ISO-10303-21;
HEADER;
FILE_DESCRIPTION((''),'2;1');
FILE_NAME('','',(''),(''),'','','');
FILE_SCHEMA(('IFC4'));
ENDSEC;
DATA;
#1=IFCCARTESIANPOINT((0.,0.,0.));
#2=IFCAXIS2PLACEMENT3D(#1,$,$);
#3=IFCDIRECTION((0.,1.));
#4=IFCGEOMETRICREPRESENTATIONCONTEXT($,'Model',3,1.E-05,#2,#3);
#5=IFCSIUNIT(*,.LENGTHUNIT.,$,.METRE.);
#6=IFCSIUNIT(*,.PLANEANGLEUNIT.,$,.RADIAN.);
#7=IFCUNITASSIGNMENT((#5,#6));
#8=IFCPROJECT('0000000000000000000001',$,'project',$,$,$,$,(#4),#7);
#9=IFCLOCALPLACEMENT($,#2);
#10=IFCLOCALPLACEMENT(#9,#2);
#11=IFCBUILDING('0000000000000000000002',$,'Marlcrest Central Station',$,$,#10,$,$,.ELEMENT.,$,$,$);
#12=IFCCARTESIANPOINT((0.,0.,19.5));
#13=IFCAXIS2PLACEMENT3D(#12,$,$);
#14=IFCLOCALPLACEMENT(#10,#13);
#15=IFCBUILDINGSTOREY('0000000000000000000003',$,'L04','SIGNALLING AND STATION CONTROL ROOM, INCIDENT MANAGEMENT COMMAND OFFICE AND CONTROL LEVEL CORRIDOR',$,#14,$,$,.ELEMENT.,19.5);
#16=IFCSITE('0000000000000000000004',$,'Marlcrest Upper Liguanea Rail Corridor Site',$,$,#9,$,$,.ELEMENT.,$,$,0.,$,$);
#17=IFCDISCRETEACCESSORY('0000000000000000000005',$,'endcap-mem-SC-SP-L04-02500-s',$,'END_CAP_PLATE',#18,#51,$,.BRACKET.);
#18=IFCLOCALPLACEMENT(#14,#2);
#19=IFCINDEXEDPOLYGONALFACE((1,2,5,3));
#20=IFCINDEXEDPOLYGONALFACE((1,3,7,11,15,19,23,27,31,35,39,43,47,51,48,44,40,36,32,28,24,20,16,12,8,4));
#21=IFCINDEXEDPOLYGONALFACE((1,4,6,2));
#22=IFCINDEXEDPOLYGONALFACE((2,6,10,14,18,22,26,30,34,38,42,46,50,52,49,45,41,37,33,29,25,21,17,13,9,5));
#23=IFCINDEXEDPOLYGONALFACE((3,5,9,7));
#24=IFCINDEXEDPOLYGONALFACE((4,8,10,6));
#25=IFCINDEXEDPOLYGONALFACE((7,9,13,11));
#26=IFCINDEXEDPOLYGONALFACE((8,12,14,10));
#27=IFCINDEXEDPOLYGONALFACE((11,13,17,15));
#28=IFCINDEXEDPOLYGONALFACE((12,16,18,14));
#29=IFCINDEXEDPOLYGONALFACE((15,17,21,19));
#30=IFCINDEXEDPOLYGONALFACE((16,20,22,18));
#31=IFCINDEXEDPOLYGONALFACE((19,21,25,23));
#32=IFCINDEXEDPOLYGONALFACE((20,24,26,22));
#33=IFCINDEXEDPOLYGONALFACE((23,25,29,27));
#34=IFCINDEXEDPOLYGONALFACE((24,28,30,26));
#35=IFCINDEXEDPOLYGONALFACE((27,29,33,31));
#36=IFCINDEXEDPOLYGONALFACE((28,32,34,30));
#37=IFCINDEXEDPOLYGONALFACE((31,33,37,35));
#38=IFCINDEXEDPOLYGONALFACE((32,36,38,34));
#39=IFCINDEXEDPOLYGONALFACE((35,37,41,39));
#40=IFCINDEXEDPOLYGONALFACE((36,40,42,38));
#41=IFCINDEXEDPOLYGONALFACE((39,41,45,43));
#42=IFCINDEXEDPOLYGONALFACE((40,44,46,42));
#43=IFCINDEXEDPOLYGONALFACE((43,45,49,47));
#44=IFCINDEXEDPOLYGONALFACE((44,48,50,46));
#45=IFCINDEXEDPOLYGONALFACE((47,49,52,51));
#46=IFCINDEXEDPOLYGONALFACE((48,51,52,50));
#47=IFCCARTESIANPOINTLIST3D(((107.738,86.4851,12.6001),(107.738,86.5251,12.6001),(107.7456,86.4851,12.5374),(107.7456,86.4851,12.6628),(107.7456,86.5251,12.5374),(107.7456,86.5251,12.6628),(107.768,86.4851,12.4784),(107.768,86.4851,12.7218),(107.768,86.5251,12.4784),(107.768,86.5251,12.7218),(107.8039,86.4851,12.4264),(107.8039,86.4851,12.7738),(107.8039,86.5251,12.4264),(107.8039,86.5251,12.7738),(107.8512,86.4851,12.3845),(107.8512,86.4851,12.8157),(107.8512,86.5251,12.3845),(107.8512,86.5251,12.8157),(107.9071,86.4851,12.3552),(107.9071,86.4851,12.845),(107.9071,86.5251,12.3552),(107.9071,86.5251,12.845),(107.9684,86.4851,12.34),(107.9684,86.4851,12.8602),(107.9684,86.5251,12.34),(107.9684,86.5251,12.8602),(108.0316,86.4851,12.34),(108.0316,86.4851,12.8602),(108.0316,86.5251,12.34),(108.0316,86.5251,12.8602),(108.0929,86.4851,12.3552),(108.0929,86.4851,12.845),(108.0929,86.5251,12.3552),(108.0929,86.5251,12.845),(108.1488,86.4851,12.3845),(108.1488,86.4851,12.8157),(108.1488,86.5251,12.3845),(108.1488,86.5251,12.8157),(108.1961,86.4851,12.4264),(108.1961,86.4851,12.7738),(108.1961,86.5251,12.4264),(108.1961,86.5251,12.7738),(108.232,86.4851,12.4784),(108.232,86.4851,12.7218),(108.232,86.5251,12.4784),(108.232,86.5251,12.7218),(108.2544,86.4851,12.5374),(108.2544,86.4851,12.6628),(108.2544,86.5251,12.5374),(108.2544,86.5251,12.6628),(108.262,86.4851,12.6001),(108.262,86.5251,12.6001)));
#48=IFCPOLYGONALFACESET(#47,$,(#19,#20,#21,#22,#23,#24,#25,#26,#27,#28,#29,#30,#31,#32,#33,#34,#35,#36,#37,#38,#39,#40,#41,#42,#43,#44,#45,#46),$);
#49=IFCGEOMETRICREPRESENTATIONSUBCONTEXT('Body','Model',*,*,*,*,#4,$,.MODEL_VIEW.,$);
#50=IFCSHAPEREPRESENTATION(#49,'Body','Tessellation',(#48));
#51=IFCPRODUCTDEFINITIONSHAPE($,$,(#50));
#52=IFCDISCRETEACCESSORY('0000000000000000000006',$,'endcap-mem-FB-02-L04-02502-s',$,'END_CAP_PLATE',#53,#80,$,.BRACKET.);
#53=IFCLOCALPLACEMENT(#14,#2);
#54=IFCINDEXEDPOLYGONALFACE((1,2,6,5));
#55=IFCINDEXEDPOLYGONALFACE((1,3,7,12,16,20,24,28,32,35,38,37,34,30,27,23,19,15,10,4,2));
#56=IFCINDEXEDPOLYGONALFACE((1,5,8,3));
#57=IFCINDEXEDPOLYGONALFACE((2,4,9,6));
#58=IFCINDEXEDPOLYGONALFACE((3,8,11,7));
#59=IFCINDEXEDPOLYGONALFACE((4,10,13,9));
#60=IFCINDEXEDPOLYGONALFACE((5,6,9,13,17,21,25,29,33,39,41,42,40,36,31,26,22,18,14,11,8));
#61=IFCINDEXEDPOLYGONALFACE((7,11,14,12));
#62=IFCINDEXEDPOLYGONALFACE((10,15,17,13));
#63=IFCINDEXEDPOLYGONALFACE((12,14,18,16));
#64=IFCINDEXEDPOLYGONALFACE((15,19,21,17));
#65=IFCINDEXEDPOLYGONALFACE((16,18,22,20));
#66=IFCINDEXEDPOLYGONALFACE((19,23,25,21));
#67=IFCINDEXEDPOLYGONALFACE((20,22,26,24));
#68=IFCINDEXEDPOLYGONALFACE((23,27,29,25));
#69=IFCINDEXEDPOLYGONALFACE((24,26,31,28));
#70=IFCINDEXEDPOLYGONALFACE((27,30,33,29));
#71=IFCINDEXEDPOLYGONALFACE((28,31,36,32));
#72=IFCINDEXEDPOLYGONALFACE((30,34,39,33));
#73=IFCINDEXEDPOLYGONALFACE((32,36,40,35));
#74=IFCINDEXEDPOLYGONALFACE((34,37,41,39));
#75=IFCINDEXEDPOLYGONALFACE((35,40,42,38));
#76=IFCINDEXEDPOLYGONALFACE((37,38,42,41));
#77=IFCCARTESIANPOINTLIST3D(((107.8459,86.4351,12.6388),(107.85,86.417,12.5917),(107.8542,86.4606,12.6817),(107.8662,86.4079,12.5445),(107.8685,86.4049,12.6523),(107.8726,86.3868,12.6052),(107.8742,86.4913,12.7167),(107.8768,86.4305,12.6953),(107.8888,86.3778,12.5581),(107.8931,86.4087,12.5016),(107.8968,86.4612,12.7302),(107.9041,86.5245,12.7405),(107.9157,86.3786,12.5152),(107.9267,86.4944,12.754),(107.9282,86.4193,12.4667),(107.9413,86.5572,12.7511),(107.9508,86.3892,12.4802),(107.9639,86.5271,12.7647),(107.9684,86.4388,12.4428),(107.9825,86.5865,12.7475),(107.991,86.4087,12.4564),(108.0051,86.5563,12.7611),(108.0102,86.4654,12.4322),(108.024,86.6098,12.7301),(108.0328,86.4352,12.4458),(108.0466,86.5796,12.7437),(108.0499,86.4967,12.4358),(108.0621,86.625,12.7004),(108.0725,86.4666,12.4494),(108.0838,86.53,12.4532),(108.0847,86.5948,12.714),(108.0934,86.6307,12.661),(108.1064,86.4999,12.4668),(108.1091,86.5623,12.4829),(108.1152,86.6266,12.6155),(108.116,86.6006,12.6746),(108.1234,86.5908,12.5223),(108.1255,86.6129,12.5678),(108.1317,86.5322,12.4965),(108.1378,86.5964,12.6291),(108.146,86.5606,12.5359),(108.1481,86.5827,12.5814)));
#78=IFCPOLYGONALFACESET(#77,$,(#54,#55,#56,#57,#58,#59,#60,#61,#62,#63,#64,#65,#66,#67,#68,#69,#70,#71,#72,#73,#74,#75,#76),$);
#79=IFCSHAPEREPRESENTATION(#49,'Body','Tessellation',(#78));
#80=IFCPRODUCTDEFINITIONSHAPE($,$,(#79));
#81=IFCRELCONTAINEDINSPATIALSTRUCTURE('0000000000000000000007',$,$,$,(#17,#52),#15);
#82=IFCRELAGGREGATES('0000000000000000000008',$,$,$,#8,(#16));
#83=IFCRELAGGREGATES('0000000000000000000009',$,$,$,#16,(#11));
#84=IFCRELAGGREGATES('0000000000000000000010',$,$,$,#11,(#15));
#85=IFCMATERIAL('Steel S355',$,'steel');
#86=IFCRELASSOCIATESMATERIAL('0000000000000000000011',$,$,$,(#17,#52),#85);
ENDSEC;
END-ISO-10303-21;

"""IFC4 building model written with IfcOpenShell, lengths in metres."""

from ifc_helpers import new_model, si_unit, direction, frame, origin, origin_2d, place, context, subcontext, project, spatial, circle, extrude, material, element, save


model = new_model("IFC4")

# Units and contexts
model_context = context("Model", 3, precision=1e-05, world=origin(), true_north=direction((0.0, 1.0)))
body_context = subcontext(model_context, "Body", "Model", "MODEL_VIEW")
ifc_project = project(units=[si_unit("LENGTHUNIT", "METRE"), si_unit("PLANEANGLEUNIT", "RADIAN")], contexts=[model_context])

# Site, building, storey
site_placement = place(None, origin())
site = spatial("IfcSite", under=ifc_project, at=site_placement, Name="Marlcrest Upper Liguanea Rail Corridor Site", CompositionType="ELEMENT", RefElevation=0.0)
building_placement = place(site_placement, origin())
building = spatial("IfcBuilding", under=site, at=building_placement, Name="Marlcrest Central Station", CompositionType="ELEMENT")
storey_placement = place(building_placement, frame((0.0, 0.0, 19.5)))
storey = spatial("IfcBuildingStorey", under=building, at=storey_placement, Name="L04", Description="SIGNALLING AND STATION CONTROL ROOM, INCIDENT MANAGEMENT COMMAND OFFICE AND CONTROL LEVEL CORRIDOR", CompositionType="ELEMENT", Elevation=19.5)

# Discrete accessories
ifc_material_1 = material(Name="Steel S355", Category="steel")
discrete_accessory_1_placement = place(storey_placement, frame((108.0, 86.4851, 12.6001), z_axis=(0.0, 1.0, 0.0), x_axis=(-1.0, 0.0, 0.0)))
element("IfcDiscreteAccessory", 1, at=discrete_accessory_1_placement, inside=storey, material=ifc_material_1, Name="endcap-mem-SC-SP-L04-02500-s", ObjectType="END_CAP_PLATE", PredefinedType="BRACKET", context=body_context, shape_type="SweptSolid", body=[
    extrude(circle(Radius=0.262, at=origin_2d()), origin(), (0.0, 0.0, 1.0), 0.04),
])
discrete_accessory_2_placement = place(storey_placement, frame((108.0085, 86.4888, 12.6052), z_axis=(-0.564531, 0.752708, -0.338728), x_axis=(-0.8, -0.6, 0.0)))
element("IfcDiscreteAccessory", 2, at=discrete_accessory_2_placement, inside=storey, material=ifc_material_1, Name="endcap-mem-FB-02-L04-02502-s", ObjectType="END_CAP_PLATE", PredefinedType="BRACKET", context=body_context, shape_type="SweptSolid", body=[
    extrude(circle(Radius=0.1699, at=origin_2d()), origin(), (0.0, 0.0, 1.0), 0.04),
])

save(model, "model.ifc")
